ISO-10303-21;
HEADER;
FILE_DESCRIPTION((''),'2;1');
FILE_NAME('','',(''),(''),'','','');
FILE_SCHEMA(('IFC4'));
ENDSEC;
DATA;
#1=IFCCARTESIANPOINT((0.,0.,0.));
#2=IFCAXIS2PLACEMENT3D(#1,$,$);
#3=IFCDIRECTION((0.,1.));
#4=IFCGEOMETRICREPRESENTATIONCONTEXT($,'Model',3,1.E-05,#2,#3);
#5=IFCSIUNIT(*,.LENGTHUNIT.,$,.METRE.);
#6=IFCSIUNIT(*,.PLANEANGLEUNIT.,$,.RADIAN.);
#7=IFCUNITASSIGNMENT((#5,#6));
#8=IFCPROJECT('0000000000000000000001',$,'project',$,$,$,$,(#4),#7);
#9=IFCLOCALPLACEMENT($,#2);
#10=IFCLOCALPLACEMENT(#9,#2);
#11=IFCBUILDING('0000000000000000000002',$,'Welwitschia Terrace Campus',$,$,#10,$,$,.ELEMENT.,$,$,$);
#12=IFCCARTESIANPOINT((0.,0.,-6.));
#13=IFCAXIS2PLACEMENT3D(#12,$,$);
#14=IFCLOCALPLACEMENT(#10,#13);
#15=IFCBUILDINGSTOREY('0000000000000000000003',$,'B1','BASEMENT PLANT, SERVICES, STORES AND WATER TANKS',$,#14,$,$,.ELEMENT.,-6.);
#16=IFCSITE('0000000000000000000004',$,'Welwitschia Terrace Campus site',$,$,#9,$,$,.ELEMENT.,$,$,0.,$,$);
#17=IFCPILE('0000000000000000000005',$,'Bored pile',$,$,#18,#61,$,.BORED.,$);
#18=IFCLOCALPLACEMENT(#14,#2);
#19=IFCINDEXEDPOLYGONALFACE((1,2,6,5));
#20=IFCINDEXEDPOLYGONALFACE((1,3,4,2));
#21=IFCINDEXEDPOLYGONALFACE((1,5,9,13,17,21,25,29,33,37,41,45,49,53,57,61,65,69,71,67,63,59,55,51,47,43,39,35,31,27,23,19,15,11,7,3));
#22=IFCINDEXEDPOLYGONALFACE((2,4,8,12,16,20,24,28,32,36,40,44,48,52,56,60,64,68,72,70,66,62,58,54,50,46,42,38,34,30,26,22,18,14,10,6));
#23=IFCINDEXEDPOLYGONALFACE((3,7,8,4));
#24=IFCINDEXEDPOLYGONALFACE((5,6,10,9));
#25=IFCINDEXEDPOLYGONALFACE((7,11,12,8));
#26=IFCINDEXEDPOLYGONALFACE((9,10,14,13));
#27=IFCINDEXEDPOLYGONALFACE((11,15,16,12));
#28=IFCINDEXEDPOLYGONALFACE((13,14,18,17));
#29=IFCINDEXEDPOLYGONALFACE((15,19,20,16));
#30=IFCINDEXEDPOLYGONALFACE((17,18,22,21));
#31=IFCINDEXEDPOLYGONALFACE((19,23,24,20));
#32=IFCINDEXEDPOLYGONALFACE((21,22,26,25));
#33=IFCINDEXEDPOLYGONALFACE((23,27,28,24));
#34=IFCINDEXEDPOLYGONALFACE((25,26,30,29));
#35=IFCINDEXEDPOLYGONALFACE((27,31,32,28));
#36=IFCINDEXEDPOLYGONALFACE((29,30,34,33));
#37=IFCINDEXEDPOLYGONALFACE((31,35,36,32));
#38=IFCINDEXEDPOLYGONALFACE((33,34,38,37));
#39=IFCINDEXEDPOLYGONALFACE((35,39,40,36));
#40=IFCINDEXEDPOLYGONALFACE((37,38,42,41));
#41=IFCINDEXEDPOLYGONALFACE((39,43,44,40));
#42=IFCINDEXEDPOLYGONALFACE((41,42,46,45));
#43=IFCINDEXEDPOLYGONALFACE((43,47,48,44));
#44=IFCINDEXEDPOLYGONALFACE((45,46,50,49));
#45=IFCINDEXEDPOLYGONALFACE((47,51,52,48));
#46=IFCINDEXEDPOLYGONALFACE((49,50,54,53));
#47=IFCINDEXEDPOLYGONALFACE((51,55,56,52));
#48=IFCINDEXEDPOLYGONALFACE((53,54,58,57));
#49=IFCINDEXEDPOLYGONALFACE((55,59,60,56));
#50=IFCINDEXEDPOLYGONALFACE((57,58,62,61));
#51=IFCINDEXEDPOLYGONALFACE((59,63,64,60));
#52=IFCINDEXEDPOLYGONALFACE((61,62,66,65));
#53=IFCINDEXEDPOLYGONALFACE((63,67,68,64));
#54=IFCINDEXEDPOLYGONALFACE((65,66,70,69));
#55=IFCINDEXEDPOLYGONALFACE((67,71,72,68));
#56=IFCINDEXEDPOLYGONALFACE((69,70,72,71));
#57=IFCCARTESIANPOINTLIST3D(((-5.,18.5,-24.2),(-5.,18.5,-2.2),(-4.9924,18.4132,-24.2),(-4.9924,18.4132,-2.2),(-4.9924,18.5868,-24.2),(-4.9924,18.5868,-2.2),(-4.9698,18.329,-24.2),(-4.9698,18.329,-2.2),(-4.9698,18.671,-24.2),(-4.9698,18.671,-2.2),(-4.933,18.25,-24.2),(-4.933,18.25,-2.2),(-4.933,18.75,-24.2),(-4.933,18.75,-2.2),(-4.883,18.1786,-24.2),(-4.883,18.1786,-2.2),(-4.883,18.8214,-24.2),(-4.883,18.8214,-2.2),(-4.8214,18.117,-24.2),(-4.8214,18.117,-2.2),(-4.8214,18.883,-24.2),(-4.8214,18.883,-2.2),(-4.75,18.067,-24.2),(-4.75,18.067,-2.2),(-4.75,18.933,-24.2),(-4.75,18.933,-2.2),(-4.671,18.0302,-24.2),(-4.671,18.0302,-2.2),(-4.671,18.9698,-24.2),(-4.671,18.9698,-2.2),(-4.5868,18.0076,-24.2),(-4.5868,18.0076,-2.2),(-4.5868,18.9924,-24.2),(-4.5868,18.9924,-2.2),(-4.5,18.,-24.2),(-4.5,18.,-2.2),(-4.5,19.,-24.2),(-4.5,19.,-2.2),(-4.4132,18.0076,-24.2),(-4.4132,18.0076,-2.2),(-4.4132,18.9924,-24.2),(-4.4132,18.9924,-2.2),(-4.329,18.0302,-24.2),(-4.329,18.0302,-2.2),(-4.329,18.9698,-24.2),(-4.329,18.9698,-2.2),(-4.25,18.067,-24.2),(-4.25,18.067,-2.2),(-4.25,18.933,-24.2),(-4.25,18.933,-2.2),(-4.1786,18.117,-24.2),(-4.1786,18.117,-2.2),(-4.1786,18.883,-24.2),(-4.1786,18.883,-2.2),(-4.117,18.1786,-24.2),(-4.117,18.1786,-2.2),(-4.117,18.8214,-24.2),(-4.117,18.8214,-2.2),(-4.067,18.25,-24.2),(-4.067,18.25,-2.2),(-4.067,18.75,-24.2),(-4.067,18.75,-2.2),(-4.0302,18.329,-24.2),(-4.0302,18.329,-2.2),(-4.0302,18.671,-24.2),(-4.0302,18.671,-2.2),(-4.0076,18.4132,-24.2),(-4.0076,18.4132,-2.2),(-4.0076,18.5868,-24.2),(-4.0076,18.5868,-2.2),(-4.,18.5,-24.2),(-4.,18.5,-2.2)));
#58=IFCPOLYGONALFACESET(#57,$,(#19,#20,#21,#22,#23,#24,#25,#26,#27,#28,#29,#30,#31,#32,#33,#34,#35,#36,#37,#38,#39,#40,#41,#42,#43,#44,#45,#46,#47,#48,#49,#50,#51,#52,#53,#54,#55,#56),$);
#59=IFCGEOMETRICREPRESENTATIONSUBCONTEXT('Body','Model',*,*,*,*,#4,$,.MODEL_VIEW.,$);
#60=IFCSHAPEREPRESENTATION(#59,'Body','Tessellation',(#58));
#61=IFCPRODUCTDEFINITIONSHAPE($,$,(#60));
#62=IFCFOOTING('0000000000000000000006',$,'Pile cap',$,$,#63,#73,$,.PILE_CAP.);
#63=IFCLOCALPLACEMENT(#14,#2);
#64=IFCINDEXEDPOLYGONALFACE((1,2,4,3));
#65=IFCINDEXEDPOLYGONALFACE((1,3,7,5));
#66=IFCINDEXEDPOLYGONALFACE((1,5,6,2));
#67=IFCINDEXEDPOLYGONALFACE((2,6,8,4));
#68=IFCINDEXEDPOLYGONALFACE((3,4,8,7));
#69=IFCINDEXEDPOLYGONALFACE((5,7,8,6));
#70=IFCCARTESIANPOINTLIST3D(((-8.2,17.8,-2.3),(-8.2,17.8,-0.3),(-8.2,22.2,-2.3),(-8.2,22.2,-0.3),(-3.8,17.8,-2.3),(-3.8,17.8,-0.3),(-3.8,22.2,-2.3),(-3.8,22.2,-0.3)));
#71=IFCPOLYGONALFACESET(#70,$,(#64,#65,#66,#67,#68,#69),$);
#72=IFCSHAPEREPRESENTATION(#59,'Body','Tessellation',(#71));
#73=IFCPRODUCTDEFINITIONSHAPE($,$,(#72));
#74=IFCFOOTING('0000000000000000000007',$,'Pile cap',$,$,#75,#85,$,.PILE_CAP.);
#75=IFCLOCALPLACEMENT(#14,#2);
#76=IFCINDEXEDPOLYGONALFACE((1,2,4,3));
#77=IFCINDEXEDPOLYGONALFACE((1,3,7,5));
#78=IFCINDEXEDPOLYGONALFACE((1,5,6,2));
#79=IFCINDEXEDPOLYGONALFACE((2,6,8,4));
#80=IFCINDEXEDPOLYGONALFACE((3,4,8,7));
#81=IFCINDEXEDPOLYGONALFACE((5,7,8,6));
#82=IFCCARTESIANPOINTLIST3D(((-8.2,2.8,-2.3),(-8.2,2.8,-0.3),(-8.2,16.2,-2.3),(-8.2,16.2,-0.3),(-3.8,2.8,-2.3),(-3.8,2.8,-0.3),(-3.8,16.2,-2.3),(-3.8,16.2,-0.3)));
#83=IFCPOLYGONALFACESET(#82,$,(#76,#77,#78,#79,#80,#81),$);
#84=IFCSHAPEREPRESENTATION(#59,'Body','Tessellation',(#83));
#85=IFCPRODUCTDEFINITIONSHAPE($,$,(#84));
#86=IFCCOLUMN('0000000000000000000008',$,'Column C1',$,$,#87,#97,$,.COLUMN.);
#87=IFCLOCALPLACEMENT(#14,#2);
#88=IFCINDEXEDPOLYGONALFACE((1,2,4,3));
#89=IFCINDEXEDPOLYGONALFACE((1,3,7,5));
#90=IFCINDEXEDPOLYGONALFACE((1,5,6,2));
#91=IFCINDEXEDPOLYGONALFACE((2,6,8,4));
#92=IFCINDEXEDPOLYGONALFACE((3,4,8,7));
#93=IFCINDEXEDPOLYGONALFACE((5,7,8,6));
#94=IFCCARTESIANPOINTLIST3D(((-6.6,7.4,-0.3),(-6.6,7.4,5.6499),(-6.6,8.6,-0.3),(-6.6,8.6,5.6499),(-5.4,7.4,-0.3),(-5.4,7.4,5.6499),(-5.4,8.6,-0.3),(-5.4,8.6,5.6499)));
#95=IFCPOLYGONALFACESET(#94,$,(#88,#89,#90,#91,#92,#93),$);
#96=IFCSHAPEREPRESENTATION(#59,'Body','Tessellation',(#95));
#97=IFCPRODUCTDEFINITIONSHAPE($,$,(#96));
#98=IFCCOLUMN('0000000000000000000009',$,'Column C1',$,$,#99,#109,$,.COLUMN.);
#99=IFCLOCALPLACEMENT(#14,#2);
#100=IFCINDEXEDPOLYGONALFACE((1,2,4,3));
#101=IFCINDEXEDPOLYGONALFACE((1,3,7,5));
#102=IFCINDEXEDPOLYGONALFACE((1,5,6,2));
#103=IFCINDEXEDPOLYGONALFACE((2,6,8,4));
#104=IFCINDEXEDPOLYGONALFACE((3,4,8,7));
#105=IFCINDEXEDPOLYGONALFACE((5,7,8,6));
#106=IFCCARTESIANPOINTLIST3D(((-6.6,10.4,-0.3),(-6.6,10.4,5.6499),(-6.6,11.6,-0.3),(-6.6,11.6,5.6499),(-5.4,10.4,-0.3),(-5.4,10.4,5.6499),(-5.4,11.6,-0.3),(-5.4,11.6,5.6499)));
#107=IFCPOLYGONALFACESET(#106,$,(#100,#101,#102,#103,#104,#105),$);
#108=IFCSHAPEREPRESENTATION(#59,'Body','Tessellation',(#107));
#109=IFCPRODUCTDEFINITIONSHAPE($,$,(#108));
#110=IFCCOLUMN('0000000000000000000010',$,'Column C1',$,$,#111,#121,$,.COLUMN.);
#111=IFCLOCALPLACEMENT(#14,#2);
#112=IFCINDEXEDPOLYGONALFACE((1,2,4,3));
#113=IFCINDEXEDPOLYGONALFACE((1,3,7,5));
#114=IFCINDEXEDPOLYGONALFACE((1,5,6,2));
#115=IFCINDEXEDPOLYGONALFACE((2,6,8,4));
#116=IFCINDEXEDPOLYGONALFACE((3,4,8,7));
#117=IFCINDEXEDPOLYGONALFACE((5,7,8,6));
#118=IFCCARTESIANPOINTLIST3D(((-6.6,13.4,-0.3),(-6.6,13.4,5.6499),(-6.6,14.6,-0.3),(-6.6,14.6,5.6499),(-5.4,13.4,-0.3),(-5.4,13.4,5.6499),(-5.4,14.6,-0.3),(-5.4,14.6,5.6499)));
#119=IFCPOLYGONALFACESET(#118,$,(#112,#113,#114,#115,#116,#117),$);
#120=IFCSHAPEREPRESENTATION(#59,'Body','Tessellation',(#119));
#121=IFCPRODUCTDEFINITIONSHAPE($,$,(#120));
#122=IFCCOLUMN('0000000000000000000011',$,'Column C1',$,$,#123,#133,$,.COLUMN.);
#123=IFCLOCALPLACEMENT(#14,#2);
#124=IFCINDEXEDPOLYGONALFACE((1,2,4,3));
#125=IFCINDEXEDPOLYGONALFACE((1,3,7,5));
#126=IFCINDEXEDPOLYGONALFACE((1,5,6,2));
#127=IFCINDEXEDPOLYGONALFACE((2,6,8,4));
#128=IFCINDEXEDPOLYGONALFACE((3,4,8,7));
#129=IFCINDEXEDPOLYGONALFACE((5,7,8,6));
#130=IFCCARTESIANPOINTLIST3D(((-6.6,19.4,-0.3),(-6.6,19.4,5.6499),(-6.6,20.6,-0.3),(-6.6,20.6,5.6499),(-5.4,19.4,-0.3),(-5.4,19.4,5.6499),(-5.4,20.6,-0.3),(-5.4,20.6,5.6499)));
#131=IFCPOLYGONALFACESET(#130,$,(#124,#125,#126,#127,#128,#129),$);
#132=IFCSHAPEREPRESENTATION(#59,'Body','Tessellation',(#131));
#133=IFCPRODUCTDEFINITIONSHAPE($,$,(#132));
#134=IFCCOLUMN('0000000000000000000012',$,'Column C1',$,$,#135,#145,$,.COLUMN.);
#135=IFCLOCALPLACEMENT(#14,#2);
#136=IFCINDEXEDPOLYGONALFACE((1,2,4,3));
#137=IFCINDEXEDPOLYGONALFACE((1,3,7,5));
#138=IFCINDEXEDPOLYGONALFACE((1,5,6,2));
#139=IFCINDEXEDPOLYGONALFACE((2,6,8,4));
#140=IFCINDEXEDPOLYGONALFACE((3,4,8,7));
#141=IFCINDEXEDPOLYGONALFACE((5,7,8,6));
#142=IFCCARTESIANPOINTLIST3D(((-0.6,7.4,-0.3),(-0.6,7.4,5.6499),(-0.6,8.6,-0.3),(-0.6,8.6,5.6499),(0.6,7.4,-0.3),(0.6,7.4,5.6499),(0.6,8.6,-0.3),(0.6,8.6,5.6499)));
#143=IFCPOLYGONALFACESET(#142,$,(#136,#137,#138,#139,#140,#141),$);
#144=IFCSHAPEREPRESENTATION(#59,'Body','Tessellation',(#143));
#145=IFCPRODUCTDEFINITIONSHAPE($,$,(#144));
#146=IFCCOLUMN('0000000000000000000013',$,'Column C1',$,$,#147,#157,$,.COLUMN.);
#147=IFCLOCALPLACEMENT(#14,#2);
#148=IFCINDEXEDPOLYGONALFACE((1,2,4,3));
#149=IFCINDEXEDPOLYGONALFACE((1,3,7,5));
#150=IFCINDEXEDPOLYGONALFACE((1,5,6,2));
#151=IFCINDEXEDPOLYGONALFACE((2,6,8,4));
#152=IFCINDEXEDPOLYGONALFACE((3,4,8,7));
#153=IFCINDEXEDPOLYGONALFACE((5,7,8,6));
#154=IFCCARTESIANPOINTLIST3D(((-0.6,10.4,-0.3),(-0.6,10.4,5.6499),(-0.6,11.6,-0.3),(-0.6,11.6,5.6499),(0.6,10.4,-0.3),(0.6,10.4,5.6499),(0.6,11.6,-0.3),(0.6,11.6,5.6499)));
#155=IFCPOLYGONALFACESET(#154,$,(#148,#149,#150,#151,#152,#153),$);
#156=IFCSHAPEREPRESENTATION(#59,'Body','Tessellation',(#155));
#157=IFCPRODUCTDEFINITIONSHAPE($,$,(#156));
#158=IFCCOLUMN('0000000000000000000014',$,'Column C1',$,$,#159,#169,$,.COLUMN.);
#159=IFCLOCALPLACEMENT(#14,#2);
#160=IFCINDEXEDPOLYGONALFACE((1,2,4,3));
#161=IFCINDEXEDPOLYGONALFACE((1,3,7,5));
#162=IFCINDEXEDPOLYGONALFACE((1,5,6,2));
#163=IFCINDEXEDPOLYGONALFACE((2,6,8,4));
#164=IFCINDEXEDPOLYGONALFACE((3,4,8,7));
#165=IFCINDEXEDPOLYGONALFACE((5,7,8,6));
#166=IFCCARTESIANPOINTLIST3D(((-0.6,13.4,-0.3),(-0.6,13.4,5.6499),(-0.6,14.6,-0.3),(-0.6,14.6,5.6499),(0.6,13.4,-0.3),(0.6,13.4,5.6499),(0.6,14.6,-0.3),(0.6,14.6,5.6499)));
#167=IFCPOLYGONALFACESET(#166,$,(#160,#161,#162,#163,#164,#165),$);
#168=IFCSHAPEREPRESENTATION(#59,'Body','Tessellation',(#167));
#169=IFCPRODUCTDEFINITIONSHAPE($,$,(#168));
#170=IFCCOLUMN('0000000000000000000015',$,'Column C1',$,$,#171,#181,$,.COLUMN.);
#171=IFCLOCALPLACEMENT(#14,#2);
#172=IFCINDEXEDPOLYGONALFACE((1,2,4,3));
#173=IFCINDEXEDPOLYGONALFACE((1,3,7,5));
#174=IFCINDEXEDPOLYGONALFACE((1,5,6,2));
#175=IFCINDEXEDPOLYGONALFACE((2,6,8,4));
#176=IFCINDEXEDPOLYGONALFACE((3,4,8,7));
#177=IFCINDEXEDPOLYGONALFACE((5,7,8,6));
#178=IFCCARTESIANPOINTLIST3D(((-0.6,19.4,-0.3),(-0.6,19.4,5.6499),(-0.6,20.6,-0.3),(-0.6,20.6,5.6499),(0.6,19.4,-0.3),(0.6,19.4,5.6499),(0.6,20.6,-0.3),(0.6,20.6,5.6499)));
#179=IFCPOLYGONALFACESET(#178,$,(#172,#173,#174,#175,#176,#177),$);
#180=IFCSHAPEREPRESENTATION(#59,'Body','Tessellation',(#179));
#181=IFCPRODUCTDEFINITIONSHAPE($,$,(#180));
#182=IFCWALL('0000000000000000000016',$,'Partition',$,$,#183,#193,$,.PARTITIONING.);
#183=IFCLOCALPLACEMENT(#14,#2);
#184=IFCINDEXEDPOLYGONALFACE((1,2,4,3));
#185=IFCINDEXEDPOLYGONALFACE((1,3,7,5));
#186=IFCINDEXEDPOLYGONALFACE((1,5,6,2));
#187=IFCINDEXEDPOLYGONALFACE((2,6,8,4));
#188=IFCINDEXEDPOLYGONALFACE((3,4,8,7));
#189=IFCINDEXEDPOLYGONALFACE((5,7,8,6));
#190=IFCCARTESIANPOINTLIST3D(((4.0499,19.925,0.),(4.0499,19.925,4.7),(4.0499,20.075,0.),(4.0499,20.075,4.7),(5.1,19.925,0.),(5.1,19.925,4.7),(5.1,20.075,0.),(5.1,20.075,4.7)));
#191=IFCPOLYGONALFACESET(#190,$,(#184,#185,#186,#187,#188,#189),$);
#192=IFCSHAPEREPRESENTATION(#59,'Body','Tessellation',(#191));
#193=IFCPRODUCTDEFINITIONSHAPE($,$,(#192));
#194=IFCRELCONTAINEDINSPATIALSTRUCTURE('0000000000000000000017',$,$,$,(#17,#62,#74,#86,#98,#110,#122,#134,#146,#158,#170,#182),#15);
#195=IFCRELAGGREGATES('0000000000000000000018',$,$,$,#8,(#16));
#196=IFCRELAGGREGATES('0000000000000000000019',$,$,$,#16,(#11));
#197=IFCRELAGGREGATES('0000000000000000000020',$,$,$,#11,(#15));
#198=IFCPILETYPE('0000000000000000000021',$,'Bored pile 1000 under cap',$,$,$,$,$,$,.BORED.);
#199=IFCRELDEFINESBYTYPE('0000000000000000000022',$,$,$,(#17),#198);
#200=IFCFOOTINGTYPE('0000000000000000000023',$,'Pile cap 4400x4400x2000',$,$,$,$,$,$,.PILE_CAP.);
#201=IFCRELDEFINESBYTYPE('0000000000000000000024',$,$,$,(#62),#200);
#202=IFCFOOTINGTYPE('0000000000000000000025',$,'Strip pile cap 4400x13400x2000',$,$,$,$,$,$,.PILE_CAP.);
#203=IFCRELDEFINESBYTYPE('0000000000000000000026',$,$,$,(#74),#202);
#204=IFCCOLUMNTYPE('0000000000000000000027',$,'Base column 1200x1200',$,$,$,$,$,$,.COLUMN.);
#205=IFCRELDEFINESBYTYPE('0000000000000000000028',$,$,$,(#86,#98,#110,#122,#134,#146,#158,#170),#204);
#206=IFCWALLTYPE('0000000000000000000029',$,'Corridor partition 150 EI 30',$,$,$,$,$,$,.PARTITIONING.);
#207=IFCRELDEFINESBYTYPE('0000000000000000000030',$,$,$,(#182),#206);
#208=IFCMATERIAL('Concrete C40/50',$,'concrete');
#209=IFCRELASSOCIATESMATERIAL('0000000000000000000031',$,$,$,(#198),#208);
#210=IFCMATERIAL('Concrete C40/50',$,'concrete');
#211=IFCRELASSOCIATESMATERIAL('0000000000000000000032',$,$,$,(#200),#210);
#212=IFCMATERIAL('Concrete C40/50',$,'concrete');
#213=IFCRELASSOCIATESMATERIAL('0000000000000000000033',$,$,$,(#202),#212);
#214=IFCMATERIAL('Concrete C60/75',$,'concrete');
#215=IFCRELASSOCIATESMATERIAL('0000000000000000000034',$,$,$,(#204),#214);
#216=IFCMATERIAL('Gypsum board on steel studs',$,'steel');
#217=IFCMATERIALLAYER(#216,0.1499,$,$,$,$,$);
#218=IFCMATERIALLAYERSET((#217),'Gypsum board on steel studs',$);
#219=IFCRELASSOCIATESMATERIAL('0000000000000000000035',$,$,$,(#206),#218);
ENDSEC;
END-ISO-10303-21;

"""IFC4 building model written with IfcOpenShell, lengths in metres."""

from ifc_helpers import new_model, si_unit, direction, frame, frame_2d, origin, origin_2d, place, context, subcontext, project, spatial, rectangle, circle, extrude, material, layer, layer_set, material_profile, profile_set, type_object, element, save


model = new_model("IFC4")

# Units and contexts
model_context = context("Model", 3, precision=1e-05, world=origin(), true_north=direction((0.0, 1.0)))
body_context = subcontext(model_context, "Body", "Model", "MODEL_VIEW")
ifc_project = project(units=[si_unit("LENGTHUNIT", "METRE"), si_unit("PLANEANGLEUNIT", "RADIAN")], contexts=[model_context])

# Site, building, storey
site_placement = place(None, origin())
site = spatial("IfcSite", under=ifc_project, at=site_placement, Name="Welwitschia Terrace Campus site", CompositionType="ELEMENT", RefElevation=0.0)
building_placement = place(site_placement, origin())
building = spatial("IfcBuilding", under=site, at=building_placement, Name="Welwitschia Terrace Campus", CompositionType="ELEMENT")
storey_placement = place(building_placement, frame((0.0, 0.0, -6.0)))
storey = spatial("IfcBuildingStorey", under=building, at=storey_placement, Name="B1", Description="BASEMENT PLANT, SERVICES, STORES AND WATER TANKS", CompositionType="ELEMENT", Elevation=-6.0)

# Pile
ifc_material_1 = material(Name="Concrete C40/50", Category="concrete")
pile_type_1 = type_object("IfcPileType", Name="Bored pile 1000 under cap", PredefinedType="BORED", material=ifc_material_1)
for number, where, z_axis, x_axis, name in (
    (1, (-4.5, 18.5, -2.2), (0.0, 0.0, -1.0), (1.0, 0.0, 0.0), "Bored pile"),
):
    element("IfcPile", number, at=place(storey_placement, frame(where, z_axis=z_axis, x_axis=x_axis)), inside=storey, type_object=pile_type_1, Name=name, PredefinedType="BORED", context=body_context, shape_type="SweptSolid", body=[
        extrude(circle(Radius=0.5, at=origin_2d()), origin(), (0.0, 0.0, 1.0), 22.0),
    ])

# Footings
ifc_material_2 = material(Name="Concrete C40/50", Category="concrete")
footing_type_1 = type_object("IfcFootingType", Name="Pile cap 4400x4400x2000", PredefinedType="PILE_CAP", material=ifc_material_2)
footing_1_placement = place(storey_placement, frame((-6.0, 20.0, -2.3), z_axis=(0.0, 0.0, 1.0), x_axis=(1.0, 0.0, 0.0)))
element("IfcFooting", 2, at=footing_1_placement, inside=storey, type_object=footing_type_1, Name="Pile cap", PredefinedType="PILE_CAP", context=body_context, shape_type="SweptSolid", body=[
    extrude(rectangle(XDim=4.3999, YDim=4.3999, at=origin_2d()), origin(), (0.0, 0.0, 1.0), 2.0),
])
ifc_material_3 = material(Name="Concrete C40/50", Category="concrete")
footing_type_2 = type_object("IfcFootingType", Name="Strip pile cap 4400x13400x2000", PredefinedType="PILE_CAP", material=ifc_material_3)
footing_2_placement = place(storey_placement, frame((-6.0, 9.5, -2.3), z_axis=(0.0, 0.0, 1.0), x_axis=(1.0, 0.0, 0.0)))
element("IfcFooting", 3, at=footing_2_placement, inside=storey, type_object=footing_type_2, Name="Pile cap", PredefinedType="PILE_CAP", context=body_context, shape_type="SweptSolid", body=[
    extrude(rectangle(XDim=4.3999, YDim=13.3999, at=origin_2d()), origin(), (0.0, 0.0, 1.0), 2.0),
])

# Columns
ifc_material_4 = material(Name="Concrete C60/75", Category="concrete")
ifc_material_profile = material_profile(ifc_material_4, rectangle(XDim=1.2, YDim=1.2, at=origin_2d()))
ifc_profile_set = profile_set([ifc_material_profile], Name="Concrete C60/75")
column_type = type_object("IfcColumnType", Name="Base column 1200x1200", PredefinedType="COLUMN", material=ifc_profile_set)
for number, where, z_axis, x_axis, name in (
    (4, (-6.0, 8.0, -0.3), (0.0, 0.0, 1.0), (1.0, 0.0, 0.0), "Column C1"),
    (5, (-6.0, 11.0, -0.3), (0.0, 0.0, 1.0), (1.0, 0.0, 0.0), "Column C1"),
    (6, (-6.0, 14.0, -0.3), (0.0, 0.0, 1.0), (1.0, 0.0, 0.0), "Column C1"),
    (7, (-6.0, 20.0, -0.3), (0.0, 0.0, 1.0), (1.0, 0.0, 0.0), "Column C1"),
    (8, (0.0, 8.0, -0.3), (0.0, 0.0, 1.0), (1.0, 0.0, 0.0), "Column C1"),
    (9, (0.0, 11.0, -0.3), (0.0, 0.0, 1.0), (1.0, 0.0, 0.0), "Column C1"),
    (10, (0.0, 14.0, -0.3), (0.0, 0.0, 1.0), (1.0, 0.0, 0.0), "Column C1"),
    (11, (0.0, 20.0, -0.3), (0.0, 0.0, 1.0), (1.0, 0.0, 0.0), "Column C1"),
):
    element("IfcColumn", number, at=place(storey_placement, frame(where, z_axis=z_axis, x_axis=x_axis)), inside=storey, type_object=column_type, Name=name, PredefinedType="COLUMN", context=body_context, shape_type="SweptSolid", body=[
        extrude(rectangle(XDim=1.2, YDim=1.2, at=origin_2d()), origin(), (0.0, 0.0, 1.0), 5.95),
    ])

# Wall
ifc_material_5 = material(Name="Gypsum board on steel studs", Category="steel")
ifc_layer = layer(ifc_material_5, 0.1499)
ifc_layer_set = layer_set([ifc_layer], Name="Gypsum board on steel studs")
wall_type = type_object("IfcWallType", Name="Corridor partition 150 EI 30", PredefinedType="PARTITIONING", material=ifc_layer_set)
wall_placement = place(storey_placement, frame((4.05, 20.0, 0.0), z_axis=(0.0, 0.0, 1.0), x_axis=(1.0, 0.0, 0.0)))
element("IfcWall", 12, at=wall_placement, inside=storey, type_object=wall_type, Name="Partition", PredefinedType="PARTITIONING", context=body_context, shape_type="SweptSolid", body=[
    extrude(rectangle(XDim=1.05, YDim=0.1499, at=frame_2d((0.5249, 0.0))), origin(), (0.0, 0.0, 1.0), 4.7),
])

save(model, "model.ifc")
